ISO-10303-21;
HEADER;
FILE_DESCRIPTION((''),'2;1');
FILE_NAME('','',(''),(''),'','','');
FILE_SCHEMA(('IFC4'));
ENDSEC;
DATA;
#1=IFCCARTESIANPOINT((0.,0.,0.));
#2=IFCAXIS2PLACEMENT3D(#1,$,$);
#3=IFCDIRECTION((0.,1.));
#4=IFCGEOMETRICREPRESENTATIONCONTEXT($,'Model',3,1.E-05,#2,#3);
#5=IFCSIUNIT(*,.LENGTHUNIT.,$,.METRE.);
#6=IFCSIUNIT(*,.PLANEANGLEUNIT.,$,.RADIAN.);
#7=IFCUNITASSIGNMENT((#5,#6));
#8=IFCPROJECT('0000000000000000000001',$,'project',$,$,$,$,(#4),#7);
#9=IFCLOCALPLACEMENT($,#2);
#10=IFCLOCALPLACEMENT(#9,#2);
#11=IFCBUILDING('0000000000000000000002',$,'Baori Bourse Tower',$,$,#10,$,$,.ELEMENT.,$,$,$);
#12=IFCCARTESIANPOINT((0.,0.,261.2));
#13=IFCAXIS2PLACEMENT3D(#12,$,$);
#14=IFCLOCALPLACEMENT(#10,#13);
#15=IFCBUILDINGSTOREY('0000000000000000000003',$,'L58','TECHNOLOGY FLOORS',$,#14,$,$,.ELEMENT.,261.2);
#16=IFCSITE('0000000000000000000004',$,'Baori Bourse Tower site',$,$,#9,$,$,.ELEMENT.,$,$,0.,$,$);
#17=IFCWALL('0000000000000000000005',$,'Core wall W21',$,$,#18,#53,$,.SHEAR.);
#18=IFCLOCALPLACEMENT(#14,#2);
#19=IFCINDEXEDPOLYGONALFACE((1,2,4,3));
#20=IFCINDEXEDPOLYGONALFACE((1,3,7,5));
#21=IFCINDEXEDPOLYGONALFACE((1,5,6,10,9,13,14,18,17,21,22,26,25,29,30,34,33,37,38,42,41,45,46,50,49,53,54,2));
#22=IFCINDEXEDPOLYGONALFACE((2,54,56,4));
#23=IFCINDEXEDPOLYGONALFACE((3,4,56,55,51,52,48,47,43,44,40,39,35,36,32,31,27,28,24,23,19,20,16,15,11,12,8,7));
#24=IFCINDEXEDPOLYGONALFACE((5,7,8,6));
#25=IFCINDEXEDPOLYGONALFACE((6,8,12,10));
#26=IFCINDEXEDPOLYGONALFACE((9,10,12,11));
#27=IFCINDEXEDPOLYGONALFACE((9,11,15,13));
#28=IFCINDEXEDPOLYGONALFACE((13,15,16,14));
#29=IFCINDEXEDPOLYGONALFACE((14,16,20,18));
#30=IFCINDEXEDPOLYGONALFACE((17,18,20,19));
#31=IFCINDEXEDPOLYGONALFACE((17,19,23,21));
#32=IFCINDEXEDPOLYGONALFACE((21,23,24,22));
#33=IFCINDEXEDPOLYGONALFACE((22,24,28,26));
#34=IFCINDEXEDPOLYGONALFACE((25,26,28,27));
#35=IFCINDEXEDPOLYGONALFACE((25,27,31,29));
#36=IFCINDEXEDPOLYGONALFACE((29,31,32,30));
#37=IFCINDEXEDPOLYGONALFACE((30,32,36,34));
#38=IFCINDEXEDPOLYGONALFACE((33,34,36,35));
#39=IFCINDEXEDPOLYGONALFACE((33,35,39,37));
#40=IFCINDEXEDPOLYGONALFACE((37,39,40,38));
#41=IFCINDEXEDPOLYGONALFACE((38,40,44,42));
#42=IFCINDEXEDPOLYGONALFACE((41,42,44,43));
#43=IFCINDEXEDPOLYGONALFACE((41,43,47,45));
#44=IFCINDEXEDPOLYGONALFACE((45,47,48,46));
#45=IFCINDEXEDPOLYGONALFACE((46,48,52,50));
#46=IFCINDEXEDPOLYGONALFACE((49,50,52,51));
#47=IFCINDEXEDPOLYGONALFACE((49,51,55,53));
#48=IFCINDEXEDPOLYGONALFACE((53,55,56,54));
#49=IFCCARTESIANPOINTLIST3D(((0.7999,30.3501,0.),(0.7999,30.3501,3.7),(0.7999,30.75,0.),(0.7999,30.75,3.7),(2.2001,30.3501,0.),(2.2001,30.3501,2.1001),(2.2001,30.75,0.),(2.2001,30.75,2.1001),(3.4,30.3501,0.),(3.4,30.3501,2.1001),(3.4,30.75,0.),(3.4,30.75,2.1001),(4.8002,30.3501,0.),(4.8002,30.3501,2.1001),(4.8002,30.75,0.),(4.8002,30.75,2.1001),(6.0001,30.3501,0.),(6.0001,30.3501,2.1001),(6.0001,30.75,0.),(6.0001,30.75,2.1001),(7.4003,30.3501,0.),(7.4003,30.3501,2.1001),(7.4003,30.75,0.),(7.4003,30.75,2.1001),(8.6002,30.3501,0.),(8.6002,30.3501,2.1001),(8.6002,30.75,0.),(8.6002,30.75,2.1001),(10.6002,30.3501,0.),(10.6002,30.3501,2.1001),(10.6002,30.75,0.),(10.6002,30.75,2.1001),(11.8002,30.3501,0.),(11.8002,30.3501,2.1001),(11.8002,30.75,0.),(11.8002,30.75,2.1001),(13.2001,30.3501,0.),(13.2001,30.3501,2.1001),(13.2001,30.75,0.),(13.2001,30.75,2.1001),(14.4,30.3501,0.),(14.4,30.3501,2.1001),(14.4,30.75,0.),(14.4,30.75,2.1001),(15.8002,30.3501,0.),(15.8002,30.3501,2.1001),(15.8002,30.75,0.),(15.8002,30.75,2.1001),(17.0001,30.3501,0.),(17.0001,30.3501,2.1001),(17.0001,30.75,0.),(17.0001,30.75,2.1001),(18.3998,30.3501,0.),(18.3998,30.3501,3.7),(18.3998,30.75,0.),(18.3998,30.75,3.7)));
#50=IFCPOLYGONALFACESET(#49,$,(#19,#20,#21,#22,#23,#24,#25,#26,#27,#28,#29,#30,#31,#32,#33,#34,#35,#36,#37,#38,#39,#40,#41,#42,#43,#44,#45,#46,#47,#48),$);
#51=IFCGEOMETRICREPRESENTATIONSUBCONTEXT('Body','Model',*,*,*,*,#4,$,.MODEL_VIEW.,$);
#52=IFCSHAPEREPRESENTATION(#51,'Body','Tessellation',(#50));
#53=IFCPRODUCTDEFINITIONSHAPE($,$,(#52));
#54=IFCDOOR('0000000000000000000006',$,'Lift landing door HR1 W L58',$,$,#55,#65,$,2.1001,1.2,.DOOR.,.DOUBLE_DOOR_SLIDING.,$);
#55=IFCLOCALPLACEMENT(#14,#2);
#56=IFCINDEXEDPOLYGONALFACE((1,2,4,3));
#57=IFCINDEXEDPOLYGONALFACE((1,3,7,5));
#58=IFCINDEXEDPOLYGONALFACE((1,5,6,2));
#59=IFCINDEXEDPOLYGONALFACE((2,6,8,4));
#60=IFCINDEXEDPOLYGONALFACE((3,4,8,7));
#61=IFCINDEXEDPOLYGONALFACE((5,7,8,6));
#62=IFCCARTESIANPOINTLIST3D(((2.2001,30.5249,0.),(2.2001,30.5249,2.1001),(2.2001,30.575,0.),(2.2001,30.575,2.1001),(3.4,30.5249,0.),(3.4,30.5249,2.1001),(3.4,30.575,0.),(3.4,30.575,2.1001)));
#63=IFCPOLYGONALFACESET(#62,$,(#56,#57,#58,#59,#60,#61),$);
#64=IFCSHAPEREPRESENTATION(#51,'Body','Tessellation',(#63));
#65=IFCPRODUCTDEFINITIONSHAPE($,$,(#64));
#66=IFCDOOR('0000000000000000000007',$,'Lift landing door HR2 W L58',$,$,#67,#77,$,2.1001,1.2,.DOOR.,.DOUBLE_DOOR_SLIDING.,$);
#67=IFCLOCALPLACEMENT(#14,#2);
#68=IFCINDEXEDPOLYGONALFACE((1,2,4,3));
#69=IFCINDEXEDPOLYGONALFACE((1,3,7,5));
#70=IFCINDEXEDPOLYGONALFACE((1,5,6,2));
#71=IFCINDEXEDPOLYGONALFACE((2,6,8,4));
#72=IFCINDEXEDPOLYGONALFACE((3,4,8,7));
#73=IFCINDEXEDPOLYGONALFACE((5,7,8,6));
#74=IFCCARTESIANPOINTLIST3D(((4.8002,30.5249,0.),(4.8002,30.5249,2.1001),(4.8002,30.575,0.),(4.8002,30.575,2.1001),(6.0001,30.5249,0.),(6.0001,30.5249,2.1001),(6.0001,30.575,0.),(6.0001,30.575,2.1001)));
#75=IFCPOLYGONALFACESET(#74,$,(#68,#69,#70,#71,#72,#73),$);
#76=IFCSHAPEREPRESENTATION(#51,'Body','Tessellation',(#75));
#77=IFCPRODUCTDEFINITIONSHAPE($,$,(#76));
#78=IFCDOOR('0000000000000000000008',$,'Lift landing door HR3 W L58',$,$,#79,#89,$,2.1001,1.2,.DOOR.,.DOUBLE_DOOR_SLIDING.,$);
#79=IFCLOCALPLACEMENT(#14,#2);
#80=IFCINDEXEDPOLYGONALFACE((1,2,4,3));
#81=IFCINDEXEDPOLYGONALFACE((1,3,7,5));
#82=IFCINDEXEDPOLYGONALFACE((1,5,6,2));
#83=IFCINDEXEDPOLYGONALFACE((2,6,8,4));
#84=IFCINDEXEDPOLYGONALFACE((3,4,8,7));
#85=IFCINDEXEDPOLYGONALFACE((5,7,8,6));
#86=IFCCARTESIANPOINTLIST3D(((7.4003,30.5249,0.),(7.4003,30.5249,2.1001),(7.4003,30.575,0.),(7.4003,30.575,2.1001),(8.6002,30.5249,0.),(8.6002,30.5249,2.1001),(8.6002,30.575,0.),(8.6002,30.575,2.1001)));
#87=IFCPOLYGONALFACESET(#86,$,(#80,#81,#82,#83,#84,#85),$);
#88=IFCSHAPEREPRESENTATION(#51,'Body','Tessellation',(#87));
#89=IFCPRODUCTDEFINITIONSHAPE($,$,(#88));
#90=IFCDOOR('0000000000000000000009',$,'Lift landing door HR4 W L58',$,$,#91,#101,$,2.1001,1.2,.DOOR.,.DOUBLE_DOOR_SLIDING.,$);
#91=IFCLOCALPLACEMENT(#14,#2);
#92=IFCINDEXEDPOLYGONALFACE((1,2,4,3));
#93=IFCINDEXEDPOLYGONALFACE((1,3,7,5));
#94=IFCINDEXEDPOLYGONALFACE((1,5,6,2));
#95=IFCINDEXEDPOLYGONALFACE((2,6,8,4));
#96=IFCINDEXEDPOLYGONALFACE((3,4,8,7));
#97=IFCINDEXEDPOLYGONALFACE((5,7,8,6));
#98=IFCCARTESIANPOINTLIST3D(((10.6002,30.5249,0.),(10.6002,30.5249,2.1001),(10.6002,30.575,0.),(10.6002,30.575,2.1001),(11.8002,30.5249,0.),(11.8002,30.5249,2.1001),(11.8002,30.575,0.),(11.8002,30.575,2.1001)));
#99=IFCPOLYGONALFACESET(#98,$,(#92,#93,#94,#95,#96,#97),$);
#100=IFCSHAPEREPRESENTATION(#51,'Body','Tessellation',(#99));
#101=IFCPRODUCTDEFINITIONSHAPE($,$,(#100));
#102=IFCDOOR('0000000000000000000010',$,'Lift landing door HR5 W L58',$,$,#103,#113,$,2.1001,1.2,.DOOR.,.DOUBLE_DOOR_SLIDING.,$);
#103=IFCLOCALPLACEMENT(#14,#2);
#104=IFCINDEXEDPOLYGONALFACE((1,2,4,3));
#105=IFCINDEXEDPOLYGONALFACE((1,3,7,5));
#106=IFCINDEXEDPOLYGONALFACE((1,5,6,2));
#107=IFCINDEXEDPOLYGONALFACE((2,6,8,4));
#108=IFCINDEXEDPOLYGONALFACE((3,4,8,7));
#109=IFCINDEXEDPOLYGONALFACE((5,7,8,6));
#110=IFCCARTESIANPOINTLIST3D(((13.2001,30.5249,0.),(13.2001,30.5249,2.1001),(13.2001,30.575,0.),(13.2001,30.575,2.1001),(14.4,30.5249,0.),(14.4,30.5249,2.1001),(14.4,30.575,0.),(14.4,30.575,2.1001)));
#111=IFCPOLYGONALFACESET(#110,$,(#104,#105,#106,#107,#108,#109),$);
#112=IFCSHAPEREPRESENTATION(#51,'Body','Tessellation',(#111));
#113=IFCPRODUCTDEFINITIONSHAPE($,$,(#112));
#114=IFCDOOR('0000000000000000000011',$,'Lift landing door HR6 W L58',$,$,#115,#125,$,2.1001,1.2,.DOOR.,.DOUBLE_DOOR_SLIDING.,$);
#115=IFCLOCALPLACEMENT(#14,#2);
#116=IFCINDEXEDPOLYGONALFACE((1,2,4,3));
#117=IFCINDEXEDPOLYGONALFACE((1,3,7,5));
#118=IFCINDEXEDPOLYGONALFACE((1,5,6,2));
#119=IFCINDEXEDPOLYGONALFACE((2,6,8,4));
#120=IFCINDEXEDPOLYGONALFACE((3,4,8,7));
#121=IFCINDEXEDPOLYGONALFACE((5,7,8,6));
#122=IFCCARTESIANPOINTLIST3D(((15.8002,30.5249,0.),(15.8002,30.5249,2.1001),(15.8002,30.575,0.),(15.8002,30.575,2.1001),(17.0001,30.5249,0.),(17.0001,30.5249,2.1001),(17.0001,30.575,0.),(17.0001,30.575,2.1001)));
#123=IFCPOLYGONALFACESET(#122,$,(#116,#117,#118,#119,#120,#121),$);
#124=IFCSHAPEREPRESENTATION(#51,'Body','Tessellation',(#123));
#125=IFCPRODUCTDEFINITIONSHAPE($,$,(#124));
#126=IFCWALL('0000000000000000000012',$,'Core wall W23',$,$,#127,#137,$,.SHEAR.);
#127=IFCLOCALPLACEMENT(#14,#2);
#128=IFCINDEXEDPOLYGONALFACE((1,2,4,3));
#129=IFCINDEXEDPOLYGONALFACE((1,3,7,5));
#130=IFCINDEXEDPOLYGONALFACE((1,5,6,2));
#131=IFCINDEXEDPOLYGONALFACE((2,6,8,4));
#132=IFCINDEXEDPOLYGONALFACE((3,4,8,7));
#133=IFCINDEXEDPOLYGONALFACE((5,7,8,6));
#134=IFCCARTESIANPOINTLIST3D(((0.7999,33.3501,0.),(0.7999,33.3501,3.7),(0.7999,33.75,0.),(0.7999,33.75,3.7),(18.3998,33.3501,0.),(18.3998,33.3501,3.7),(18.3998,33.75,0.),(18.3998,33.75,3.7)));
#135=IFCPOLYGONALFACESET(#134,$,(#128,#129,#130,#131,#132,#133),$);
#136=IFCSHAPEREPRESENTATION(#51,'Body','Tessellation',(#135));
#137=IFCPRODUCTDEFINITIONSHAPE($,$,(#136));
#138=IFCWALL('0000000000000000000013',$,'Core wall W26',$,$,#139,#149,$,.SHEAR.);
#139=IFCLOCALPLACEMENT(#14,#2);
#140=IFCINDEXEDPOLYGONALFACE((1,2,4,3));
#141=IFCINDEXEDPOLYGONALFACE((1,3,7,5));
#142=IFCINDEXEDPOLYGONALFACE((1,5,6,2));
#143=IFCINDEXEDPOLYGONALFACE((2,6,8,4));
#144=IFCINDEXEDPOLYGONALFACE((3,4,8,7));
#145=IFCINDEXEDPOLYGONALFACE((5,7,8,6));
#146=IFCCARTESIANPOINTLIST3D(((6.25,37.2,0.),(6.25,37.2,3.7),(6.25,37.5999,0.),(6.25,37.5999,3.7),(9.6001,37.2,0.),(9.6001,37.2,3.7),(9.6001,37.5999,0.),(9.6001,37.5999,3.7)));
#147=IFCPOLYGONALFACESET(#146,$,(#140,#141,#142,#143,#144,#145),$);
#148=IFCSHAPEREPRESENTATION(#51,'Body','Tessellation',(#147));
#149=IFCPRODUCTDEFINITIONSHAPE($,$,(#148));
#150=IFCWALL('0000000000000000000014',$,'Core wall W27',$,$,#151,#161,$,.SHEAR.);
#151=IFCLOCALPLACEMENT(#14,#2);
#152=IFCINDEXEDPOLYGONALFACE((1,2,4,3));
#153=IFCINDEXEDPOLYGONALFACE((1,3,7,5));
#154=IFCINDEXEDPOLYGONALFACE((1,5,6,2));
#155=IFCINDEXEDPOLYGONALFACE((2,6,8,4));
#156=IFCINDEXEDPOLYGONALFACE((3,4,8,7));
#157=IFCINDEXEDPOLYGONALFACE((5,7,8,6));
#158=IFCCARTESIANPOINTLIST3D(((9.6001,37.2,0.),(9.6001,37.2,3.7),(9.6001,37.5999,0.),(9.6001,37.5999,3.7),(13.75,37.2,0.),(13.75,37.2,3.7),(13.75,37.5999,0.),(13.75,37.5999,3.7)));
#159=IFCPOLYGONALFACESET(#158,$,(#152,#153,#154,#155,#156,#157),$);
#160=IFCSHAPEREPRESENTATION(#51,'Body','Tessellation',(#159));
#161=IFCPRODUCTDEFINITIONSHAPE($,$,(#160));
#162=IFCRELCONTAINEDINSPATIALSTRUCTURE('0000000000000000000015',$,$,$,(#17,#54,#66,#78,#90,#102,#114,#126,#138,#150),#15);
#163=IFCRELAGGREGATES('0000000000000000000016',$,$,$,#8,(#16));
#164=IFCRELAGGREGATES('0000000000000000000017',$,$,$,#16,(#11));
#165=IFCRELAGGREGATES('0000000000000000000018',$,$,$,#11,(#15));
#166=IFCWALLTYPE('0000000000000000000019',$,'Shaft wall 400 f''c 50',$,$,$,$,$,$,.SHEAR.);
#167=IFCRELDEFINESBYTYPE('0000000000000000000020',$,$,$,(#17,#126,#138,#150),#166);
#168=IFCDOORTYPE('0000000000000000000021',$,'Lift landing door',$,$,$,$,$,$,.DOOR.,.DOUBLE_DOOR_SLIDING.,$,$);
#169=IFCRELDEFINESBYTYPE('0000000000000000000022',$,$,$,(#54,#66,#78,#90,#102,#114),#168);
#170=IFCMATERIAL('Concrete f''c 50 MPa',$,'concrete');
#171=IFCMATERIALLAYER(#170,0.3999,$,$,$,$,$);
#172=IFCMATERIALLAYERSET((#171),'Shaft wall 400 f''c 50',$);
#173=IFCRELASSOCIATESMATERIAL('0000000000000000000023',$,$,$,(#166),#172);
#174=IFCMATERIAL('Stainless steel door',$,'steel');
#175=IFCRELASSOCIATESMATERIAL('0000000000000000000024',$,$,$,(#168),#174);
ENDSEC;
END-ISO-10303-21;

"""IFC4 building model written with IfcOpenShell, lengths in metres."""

from ifc_helpers import new_model, si_unit, direction, frame, frame_2d, origin, place, context, subcontext, project, spatial, rectangle, extrude, material, layer, layer_set, type_object, element, fill, save


model = new_model("IFC4")

# Units and contexts
model_context = context("Model", 3, precision=1e-05, world=origin(), true_north=direction((0.0, 1.0)))
body_context = subcontext(model_context, "Body", "Model", "MODEL_VIEW")
ifc_project = project(units=[si_unit("LENGTHUNIT", "METRE"), si_unit("PLANEANGLEUNIT", "RADIAN")], contexts=[model_context])

# Site, building, storey
site_placement = place(None, origin())
site = spatial("IfcSite", under=ifc_project, at=site_placement, Name="Baori Bourse Tower site", CompositionType="ELEMENT", RefElevation=0.0)
building_placement = place(site_placement, origin())
building = spatial("IfcBuilding", under=site, at=building_placement, Name="Baori Bourse Tower", CompositionType="ELEMENT")
storey_placement = place(building_placement, frame((0.0, 0.0, 261.2)))
storey = spatial("IfcBuildingStorey", under=building, at=storey_placement, Name="L58", Description="TECHNOLOGY FLOORS", CompositionType="ELEMENT", Elevation=261.2)

# Wall, openings, doors
ifc_material_1 = material(Name="Concrete f'c 50 MPa", Category="concrete")
ifc_layer_1 = layer(ifc_material_1, 0.3999)
ifc_layer_set_1 = layer_set([ifc_layer_1], Name="Shaft wall 400 f'c 50")
wall_type_1 = type_object("IfcWallType", Name="Shaft wall 400 f'c 50", PredefinedType="SHEAR", material=ifc_layer_set_1)
ifc_material_2 = material(Name="Stainless steel door", Category="steel")
door_type_1 = type_object("IfcDoorType", Name="Lift landing door", OperationType="DOUBLE_DOOR_SLIDING", PredefinedType="DOOR", material=ifc_material_2)
wall_1_placement = place(storey_placement, frame((0.8, 30.55, 0.0), z_axis=(0.0, 0.0, 1.0), x_axis=(1.0, 0.0, 0.0)))
wall_1 = element("IfcWall", 1, at=wall_1_placement, inside=storey, type_object=wall_type_1, Name="Core wall W21", PredefinedType="SHEAR", context=body_context, shape_type="SweptSolid", body=[
    extrude(rectangle(XDim=17.5999, YDim=0.3999, at=frame_2d((8.7998, 0.0))), origin(), (0.0, 0.0, 1.0), 3.7),
])
opening_1_placement = place(wall_1_placement, frame((1.3999, 0.0, 0.0)))
opening_1 = element("IfcOpeningElement", 2, at=opening_1_placement, cuts=wall_1, PredefinedType="OPENING", context=body_context, shape_type="SweptSolid", body=[
    extrude(rectangle(XDim=1.2, YDim=2.1001, at=frame_2d((0.6001, 1.05))), frame((0.0, 0.21, 0.0), z_axis=(0.0, -1.0, 0.0), x_axis=(1.0, 0.0, 0.0)), (0.0, 0.0, 1.0), 0.4199),
])
opening_2_placement = place(wall_1_placement, frame((4.0, 0.0, 0.0)))
opening_2 = element("IfcOpeningElement", 3, at=opening_2_placement, cuts=wall_1, PredefinedType="OPENING", context=body_context, shape_type="SweptSolid", body=[
    extrude(rectangle(XDim=1.2, YDim=2.1001, at=frame_2d((0.6001, 1.05))), frame((0.0, 0.21, 0.0), z_axis=(0.0, -1.0, 0.0), x_axis=(1.0, 0.0, 0.0)), (0.0, 0.0, 1.0), 0.4199),
])
opening_3_placement = place(wall_1_placement, frame((6.6001, 0.0, 0.0)))
opening_3 = element("IfcOpeningElement", 4, at=opening_3_placement, cuts=wall_1, PredefinedType="OPENING", context=body_context, shape_type="SweptSolid", body=[
    extrude(rectangle(XDim=1.2, YDim=2.1001, at=frame_2d((0.6001, 1.05))), frame((0.0, 0.21, 0.0), z_axis=(0.0, -1.0, 0.0), x_axis=(1.0, 0.0, 0.0)), (0.0, 0.0, 1.0), 0.4199),
])
opening_4_placement = place(wall_1_placement, frame((9.8, 0.0, 0.0)))
opening_4 = element("IfcOpeningElement", 5, at=opening_4_placement, cuts=wall_1, PredefinedType="OPENING", context=body_context, shape_type="SweptSolid", body=[
    extrude(rectangle(XDim=1.2, YDim=2.1001, at=frame_2d((0.6001, 1.05))), frame((0.0, 0.21, 0.0), z_axis=(0.0, -1.0, 0.0), x_axis=(1.0, 0.0, 0.0)), (0.0, 0.0, 1.0), 0.4199),
])
opening_5_placement = place(wall_1_placement, frame((12.3999, 0.0, 0.0)))
opening_5 = element("IfcOpeningElement", 6, at=opening_5_placement, cuts=wall_1, PredefinedType="OPENING", context=body_context, shape_type="SweptSolid", body=[
    extrude(rectangle(XDim=1.2, YDim=2.1001, at=frame_2d((0.6001, 1.05))), frame((0.0, 0.21, 0.0), z_axis=(0.0, -1.0, 0.0), x_axis=(1.0, 0.0, 0.0)), (0.0, 0.0, 1.0), 0.4199),
])
opening_6_placement = place(wall_1_placement, frame((15.0, 0.0, 0.0)))
opening_6 = element("IfcOpeningElement", 7, at=opening_6_placement, cuts=wall_1, PredefinedType="OPENING", context=body_context, shape_type="SweptSolid", body=[
    extrude(rectangle(XDim=1.2, YDim=2.1001, at=frame_2d((0.6001, 1.05))), frame((0.0, 0.21, 0.0), z_axis=(0.0, -1.0, 0.0), x_axis=(1.0, 0.0, 0.0)), (0.0, 0.0, 1.0), 0.4199),
])
door_1_placement = place(opening_1_placement, origin())
door_1 = element("IfcDoor", 8, at=door_1_placement, inside=storey, type_object=door_type_1, Name="Lift landing door HR1 W L58", OperationType="DOUBLE_DOOR_SLIDING", OverallHeight=2.1001, OverallWidth=1.2, PredefinedType="DOOR", context=body_context, shape_type="SweptSolid", body=[
    extrude(rectangle(XDim=1.2, YDim=2.1001, at=frame_2d((0.6001, 1.05))), frame((0.0, 0.0249, 0.0), z_axis=(0.0, -1.0, 0.0), x_axis=(1.0, 0.0, 0.0)), (0.0, 0.0, 1.0), 0.05),
])
fill(opening_1, door_1)
door_2_placement = place(opening_2_placement, origin())
door_2 = element("IfcDoor", 9, at=door_2_placement, inside=storey, type_object=door_type_1, Name="Lift landing door HR2 W L58", OperationType="DOUBLE_DOOR_SLIDING", OverallHeight=2.1001, OverallWidth=1.2, PredefinedType="DOOR", context=body_context, shape_type="SweptSolid", body=[
    extrude(rectangle(XDim=1.2, YDim=2.1001, at=frame_2d((0.6001, 1.05))), frame((0.0, 0.0249, 0.0), z_axis=(0.0, -1.0, 0.0), x_axis=(1.0, 0.0, 0.0)), (0.0, 0.0, 1.0), 0.05),
])
fill(opening_2, door_2)
door_3_placement = place(opening_3_placement, origin())
door_3 = element("IfcDoor", 10, at=door_3_placement, inside=storey, type_object=door_type_1, Name="Lift landing door HR3 W L58", OperationType="DOUBLE_DOOR_SLIDING", OverallHeight=2.1001, OverallWidth=1.2, PredefinedType="DOOR", context=body_context, shape_type="SweptSolid", body=[
    extrude(rectangle(XDim=1.2, YDim=2.1001, at=frame_2d((0.6001, 1.05))), frame((0.0, 0.0249, 0.0), z_axis=(0.0, -1.0, 0.0), x_axis=(1.0, 0.0, 0.0)), (0.0, 0.0, 1.0), 0.05),
])
fill(opening_3, door_3)
door_4_placement = place(opening_4_placement, origin())
door_4 = element("IfcDoor", 11, at=door_4_placement, inside=storey, type_object=door_type_1, Name="Lift landing door HR4 W L58", OperationType="DOUBLE_DOOR_SLIDING", OverallHeight=2.1001, OverallWidth=1.2, PredefinedType="DOOR", context=body_context, shape_type="SweptSolid", body=[
    extrude(rectangle(XDim=1.2, YDim=2.1001, at=frame_2d((0.6001, 1.05))), frame((0.0, 0.0249, 0.0), z_axis=(0.0, -1.0, 0.0), x_axis=(1.0, 0.0, 0.0)), (0.0, 0.0, 1.0), 0.05),
])
fill(opening_4, door_4)
door_5_placement = place(opening_5_placement, origin())
door_5 = element("IfcDoor", 12, at=door_5_placement, inside=storey, type_object=door_type_1, Name="Lift landing door HR5 W L58", OperationType="DOUBLE_DOOR_SLIDING", OverallHeight=2.1001, OverallWidth=1.2, PredefinedType="DOOR", context=body_context, shape_type="SweptSolid", body=[
    extrude(rectangle(XDim=1.2, YDim=2.1001, at=frame_2d((0.6001, 1.05))), frame((0.0, 0.0249, 0.0), z_axis=(0.0, -1.0, 0.0), x_axis=(1.0, 0.0, 0.0)), (0.0, 0.0, 1.0), 0.05),
])
fill(opening_5, door_5)
door_6_placement = place(opening_6_placement, origin())
door_6 = element("IfcDoor", 13, at=door_6_placement, inside=storey, type_object=door_type_1, Name="Lift landing door HR6 W L58", OperationType="DOUBLE_DOOR_SLIDING", OverallHeight=2.1001, OverallWidth=1.2, PredefinedType="DOOR", context=body_context, shape_type="SweptSolid", body=[
    extrude(rectangle(XDim=1.2, YDim=2.1001, at=frame_2d((0.6001, 1.05))), frame((0.0, 0.0249, 0.0), z_axis=(0.0, -1.0, 0.0), x_axis=(1.0, 0.0, 0.0)), (0.0, 0.0, 1.0), 0.05),
])
fill(opening_6, door_6)

# Walls
wall_2_placement = place(storey_placement, frame((0.8, 33.55, 0.0), z_axis=(0.0, 0.0, 1.0), x_axis=(1.0, 0.0, 0.0)))
element("IfcWall", 14, at=wall_2_placement, inside=storey, type_object=wall_type_1, Name="Core wall W23", PredefinedType="SHEAR", context=body_context, shape_type="SweptSolid", body=[
    extrude(rectangle(XDim=17.5999, YDim=0.3999, at=frame_2d((8.7998, 0.0))), origin(), (0.0, 0.0, 1.0), 3.7),
])
wall_3_placement = place(storey_placement, frame((6.25, 37.3999, 0.0), z_axis=(0.0, 0.0, 1.0), x_axis=(1.0, 0.0, 0.0)))
element("IfcWall", 15, at=wall_3_placement, inside=storey, type_object=wall_type_1, Name="Core wall W26", PredefinedType="SHEAR", context=body_context, shape_type="SweptSolid", body=[
    extrude(rectangle(XDim=3.3501, YDim=0.3999, at=frame_2d((1.675, 0.0))), origin(), (0.0, 0.0, 1.0), 3.7),
])
wall_4_placement = place(storey_placement, frame((9.6001, 37.3999, 0.0), z_axis=(0.0, 0.0, 1.0), x_axis=(1.0, 0.0, 0.0)))
element("IfcWall", 16, at=wall_4_placement, inside=storey, type_object=wall_type_1, Name="Core wall W27", PredefinedType="SHEAR", context=body_context, shape_type="SweptSolid", body=[
    extrude(rectangle(XDim=4.1499, YDim=0.3999, at=frame_2d((2.075, 0.0))), origin(), (0.0, 0.0, 1.0), 3.7),
])

save(model, "model.ifc")
